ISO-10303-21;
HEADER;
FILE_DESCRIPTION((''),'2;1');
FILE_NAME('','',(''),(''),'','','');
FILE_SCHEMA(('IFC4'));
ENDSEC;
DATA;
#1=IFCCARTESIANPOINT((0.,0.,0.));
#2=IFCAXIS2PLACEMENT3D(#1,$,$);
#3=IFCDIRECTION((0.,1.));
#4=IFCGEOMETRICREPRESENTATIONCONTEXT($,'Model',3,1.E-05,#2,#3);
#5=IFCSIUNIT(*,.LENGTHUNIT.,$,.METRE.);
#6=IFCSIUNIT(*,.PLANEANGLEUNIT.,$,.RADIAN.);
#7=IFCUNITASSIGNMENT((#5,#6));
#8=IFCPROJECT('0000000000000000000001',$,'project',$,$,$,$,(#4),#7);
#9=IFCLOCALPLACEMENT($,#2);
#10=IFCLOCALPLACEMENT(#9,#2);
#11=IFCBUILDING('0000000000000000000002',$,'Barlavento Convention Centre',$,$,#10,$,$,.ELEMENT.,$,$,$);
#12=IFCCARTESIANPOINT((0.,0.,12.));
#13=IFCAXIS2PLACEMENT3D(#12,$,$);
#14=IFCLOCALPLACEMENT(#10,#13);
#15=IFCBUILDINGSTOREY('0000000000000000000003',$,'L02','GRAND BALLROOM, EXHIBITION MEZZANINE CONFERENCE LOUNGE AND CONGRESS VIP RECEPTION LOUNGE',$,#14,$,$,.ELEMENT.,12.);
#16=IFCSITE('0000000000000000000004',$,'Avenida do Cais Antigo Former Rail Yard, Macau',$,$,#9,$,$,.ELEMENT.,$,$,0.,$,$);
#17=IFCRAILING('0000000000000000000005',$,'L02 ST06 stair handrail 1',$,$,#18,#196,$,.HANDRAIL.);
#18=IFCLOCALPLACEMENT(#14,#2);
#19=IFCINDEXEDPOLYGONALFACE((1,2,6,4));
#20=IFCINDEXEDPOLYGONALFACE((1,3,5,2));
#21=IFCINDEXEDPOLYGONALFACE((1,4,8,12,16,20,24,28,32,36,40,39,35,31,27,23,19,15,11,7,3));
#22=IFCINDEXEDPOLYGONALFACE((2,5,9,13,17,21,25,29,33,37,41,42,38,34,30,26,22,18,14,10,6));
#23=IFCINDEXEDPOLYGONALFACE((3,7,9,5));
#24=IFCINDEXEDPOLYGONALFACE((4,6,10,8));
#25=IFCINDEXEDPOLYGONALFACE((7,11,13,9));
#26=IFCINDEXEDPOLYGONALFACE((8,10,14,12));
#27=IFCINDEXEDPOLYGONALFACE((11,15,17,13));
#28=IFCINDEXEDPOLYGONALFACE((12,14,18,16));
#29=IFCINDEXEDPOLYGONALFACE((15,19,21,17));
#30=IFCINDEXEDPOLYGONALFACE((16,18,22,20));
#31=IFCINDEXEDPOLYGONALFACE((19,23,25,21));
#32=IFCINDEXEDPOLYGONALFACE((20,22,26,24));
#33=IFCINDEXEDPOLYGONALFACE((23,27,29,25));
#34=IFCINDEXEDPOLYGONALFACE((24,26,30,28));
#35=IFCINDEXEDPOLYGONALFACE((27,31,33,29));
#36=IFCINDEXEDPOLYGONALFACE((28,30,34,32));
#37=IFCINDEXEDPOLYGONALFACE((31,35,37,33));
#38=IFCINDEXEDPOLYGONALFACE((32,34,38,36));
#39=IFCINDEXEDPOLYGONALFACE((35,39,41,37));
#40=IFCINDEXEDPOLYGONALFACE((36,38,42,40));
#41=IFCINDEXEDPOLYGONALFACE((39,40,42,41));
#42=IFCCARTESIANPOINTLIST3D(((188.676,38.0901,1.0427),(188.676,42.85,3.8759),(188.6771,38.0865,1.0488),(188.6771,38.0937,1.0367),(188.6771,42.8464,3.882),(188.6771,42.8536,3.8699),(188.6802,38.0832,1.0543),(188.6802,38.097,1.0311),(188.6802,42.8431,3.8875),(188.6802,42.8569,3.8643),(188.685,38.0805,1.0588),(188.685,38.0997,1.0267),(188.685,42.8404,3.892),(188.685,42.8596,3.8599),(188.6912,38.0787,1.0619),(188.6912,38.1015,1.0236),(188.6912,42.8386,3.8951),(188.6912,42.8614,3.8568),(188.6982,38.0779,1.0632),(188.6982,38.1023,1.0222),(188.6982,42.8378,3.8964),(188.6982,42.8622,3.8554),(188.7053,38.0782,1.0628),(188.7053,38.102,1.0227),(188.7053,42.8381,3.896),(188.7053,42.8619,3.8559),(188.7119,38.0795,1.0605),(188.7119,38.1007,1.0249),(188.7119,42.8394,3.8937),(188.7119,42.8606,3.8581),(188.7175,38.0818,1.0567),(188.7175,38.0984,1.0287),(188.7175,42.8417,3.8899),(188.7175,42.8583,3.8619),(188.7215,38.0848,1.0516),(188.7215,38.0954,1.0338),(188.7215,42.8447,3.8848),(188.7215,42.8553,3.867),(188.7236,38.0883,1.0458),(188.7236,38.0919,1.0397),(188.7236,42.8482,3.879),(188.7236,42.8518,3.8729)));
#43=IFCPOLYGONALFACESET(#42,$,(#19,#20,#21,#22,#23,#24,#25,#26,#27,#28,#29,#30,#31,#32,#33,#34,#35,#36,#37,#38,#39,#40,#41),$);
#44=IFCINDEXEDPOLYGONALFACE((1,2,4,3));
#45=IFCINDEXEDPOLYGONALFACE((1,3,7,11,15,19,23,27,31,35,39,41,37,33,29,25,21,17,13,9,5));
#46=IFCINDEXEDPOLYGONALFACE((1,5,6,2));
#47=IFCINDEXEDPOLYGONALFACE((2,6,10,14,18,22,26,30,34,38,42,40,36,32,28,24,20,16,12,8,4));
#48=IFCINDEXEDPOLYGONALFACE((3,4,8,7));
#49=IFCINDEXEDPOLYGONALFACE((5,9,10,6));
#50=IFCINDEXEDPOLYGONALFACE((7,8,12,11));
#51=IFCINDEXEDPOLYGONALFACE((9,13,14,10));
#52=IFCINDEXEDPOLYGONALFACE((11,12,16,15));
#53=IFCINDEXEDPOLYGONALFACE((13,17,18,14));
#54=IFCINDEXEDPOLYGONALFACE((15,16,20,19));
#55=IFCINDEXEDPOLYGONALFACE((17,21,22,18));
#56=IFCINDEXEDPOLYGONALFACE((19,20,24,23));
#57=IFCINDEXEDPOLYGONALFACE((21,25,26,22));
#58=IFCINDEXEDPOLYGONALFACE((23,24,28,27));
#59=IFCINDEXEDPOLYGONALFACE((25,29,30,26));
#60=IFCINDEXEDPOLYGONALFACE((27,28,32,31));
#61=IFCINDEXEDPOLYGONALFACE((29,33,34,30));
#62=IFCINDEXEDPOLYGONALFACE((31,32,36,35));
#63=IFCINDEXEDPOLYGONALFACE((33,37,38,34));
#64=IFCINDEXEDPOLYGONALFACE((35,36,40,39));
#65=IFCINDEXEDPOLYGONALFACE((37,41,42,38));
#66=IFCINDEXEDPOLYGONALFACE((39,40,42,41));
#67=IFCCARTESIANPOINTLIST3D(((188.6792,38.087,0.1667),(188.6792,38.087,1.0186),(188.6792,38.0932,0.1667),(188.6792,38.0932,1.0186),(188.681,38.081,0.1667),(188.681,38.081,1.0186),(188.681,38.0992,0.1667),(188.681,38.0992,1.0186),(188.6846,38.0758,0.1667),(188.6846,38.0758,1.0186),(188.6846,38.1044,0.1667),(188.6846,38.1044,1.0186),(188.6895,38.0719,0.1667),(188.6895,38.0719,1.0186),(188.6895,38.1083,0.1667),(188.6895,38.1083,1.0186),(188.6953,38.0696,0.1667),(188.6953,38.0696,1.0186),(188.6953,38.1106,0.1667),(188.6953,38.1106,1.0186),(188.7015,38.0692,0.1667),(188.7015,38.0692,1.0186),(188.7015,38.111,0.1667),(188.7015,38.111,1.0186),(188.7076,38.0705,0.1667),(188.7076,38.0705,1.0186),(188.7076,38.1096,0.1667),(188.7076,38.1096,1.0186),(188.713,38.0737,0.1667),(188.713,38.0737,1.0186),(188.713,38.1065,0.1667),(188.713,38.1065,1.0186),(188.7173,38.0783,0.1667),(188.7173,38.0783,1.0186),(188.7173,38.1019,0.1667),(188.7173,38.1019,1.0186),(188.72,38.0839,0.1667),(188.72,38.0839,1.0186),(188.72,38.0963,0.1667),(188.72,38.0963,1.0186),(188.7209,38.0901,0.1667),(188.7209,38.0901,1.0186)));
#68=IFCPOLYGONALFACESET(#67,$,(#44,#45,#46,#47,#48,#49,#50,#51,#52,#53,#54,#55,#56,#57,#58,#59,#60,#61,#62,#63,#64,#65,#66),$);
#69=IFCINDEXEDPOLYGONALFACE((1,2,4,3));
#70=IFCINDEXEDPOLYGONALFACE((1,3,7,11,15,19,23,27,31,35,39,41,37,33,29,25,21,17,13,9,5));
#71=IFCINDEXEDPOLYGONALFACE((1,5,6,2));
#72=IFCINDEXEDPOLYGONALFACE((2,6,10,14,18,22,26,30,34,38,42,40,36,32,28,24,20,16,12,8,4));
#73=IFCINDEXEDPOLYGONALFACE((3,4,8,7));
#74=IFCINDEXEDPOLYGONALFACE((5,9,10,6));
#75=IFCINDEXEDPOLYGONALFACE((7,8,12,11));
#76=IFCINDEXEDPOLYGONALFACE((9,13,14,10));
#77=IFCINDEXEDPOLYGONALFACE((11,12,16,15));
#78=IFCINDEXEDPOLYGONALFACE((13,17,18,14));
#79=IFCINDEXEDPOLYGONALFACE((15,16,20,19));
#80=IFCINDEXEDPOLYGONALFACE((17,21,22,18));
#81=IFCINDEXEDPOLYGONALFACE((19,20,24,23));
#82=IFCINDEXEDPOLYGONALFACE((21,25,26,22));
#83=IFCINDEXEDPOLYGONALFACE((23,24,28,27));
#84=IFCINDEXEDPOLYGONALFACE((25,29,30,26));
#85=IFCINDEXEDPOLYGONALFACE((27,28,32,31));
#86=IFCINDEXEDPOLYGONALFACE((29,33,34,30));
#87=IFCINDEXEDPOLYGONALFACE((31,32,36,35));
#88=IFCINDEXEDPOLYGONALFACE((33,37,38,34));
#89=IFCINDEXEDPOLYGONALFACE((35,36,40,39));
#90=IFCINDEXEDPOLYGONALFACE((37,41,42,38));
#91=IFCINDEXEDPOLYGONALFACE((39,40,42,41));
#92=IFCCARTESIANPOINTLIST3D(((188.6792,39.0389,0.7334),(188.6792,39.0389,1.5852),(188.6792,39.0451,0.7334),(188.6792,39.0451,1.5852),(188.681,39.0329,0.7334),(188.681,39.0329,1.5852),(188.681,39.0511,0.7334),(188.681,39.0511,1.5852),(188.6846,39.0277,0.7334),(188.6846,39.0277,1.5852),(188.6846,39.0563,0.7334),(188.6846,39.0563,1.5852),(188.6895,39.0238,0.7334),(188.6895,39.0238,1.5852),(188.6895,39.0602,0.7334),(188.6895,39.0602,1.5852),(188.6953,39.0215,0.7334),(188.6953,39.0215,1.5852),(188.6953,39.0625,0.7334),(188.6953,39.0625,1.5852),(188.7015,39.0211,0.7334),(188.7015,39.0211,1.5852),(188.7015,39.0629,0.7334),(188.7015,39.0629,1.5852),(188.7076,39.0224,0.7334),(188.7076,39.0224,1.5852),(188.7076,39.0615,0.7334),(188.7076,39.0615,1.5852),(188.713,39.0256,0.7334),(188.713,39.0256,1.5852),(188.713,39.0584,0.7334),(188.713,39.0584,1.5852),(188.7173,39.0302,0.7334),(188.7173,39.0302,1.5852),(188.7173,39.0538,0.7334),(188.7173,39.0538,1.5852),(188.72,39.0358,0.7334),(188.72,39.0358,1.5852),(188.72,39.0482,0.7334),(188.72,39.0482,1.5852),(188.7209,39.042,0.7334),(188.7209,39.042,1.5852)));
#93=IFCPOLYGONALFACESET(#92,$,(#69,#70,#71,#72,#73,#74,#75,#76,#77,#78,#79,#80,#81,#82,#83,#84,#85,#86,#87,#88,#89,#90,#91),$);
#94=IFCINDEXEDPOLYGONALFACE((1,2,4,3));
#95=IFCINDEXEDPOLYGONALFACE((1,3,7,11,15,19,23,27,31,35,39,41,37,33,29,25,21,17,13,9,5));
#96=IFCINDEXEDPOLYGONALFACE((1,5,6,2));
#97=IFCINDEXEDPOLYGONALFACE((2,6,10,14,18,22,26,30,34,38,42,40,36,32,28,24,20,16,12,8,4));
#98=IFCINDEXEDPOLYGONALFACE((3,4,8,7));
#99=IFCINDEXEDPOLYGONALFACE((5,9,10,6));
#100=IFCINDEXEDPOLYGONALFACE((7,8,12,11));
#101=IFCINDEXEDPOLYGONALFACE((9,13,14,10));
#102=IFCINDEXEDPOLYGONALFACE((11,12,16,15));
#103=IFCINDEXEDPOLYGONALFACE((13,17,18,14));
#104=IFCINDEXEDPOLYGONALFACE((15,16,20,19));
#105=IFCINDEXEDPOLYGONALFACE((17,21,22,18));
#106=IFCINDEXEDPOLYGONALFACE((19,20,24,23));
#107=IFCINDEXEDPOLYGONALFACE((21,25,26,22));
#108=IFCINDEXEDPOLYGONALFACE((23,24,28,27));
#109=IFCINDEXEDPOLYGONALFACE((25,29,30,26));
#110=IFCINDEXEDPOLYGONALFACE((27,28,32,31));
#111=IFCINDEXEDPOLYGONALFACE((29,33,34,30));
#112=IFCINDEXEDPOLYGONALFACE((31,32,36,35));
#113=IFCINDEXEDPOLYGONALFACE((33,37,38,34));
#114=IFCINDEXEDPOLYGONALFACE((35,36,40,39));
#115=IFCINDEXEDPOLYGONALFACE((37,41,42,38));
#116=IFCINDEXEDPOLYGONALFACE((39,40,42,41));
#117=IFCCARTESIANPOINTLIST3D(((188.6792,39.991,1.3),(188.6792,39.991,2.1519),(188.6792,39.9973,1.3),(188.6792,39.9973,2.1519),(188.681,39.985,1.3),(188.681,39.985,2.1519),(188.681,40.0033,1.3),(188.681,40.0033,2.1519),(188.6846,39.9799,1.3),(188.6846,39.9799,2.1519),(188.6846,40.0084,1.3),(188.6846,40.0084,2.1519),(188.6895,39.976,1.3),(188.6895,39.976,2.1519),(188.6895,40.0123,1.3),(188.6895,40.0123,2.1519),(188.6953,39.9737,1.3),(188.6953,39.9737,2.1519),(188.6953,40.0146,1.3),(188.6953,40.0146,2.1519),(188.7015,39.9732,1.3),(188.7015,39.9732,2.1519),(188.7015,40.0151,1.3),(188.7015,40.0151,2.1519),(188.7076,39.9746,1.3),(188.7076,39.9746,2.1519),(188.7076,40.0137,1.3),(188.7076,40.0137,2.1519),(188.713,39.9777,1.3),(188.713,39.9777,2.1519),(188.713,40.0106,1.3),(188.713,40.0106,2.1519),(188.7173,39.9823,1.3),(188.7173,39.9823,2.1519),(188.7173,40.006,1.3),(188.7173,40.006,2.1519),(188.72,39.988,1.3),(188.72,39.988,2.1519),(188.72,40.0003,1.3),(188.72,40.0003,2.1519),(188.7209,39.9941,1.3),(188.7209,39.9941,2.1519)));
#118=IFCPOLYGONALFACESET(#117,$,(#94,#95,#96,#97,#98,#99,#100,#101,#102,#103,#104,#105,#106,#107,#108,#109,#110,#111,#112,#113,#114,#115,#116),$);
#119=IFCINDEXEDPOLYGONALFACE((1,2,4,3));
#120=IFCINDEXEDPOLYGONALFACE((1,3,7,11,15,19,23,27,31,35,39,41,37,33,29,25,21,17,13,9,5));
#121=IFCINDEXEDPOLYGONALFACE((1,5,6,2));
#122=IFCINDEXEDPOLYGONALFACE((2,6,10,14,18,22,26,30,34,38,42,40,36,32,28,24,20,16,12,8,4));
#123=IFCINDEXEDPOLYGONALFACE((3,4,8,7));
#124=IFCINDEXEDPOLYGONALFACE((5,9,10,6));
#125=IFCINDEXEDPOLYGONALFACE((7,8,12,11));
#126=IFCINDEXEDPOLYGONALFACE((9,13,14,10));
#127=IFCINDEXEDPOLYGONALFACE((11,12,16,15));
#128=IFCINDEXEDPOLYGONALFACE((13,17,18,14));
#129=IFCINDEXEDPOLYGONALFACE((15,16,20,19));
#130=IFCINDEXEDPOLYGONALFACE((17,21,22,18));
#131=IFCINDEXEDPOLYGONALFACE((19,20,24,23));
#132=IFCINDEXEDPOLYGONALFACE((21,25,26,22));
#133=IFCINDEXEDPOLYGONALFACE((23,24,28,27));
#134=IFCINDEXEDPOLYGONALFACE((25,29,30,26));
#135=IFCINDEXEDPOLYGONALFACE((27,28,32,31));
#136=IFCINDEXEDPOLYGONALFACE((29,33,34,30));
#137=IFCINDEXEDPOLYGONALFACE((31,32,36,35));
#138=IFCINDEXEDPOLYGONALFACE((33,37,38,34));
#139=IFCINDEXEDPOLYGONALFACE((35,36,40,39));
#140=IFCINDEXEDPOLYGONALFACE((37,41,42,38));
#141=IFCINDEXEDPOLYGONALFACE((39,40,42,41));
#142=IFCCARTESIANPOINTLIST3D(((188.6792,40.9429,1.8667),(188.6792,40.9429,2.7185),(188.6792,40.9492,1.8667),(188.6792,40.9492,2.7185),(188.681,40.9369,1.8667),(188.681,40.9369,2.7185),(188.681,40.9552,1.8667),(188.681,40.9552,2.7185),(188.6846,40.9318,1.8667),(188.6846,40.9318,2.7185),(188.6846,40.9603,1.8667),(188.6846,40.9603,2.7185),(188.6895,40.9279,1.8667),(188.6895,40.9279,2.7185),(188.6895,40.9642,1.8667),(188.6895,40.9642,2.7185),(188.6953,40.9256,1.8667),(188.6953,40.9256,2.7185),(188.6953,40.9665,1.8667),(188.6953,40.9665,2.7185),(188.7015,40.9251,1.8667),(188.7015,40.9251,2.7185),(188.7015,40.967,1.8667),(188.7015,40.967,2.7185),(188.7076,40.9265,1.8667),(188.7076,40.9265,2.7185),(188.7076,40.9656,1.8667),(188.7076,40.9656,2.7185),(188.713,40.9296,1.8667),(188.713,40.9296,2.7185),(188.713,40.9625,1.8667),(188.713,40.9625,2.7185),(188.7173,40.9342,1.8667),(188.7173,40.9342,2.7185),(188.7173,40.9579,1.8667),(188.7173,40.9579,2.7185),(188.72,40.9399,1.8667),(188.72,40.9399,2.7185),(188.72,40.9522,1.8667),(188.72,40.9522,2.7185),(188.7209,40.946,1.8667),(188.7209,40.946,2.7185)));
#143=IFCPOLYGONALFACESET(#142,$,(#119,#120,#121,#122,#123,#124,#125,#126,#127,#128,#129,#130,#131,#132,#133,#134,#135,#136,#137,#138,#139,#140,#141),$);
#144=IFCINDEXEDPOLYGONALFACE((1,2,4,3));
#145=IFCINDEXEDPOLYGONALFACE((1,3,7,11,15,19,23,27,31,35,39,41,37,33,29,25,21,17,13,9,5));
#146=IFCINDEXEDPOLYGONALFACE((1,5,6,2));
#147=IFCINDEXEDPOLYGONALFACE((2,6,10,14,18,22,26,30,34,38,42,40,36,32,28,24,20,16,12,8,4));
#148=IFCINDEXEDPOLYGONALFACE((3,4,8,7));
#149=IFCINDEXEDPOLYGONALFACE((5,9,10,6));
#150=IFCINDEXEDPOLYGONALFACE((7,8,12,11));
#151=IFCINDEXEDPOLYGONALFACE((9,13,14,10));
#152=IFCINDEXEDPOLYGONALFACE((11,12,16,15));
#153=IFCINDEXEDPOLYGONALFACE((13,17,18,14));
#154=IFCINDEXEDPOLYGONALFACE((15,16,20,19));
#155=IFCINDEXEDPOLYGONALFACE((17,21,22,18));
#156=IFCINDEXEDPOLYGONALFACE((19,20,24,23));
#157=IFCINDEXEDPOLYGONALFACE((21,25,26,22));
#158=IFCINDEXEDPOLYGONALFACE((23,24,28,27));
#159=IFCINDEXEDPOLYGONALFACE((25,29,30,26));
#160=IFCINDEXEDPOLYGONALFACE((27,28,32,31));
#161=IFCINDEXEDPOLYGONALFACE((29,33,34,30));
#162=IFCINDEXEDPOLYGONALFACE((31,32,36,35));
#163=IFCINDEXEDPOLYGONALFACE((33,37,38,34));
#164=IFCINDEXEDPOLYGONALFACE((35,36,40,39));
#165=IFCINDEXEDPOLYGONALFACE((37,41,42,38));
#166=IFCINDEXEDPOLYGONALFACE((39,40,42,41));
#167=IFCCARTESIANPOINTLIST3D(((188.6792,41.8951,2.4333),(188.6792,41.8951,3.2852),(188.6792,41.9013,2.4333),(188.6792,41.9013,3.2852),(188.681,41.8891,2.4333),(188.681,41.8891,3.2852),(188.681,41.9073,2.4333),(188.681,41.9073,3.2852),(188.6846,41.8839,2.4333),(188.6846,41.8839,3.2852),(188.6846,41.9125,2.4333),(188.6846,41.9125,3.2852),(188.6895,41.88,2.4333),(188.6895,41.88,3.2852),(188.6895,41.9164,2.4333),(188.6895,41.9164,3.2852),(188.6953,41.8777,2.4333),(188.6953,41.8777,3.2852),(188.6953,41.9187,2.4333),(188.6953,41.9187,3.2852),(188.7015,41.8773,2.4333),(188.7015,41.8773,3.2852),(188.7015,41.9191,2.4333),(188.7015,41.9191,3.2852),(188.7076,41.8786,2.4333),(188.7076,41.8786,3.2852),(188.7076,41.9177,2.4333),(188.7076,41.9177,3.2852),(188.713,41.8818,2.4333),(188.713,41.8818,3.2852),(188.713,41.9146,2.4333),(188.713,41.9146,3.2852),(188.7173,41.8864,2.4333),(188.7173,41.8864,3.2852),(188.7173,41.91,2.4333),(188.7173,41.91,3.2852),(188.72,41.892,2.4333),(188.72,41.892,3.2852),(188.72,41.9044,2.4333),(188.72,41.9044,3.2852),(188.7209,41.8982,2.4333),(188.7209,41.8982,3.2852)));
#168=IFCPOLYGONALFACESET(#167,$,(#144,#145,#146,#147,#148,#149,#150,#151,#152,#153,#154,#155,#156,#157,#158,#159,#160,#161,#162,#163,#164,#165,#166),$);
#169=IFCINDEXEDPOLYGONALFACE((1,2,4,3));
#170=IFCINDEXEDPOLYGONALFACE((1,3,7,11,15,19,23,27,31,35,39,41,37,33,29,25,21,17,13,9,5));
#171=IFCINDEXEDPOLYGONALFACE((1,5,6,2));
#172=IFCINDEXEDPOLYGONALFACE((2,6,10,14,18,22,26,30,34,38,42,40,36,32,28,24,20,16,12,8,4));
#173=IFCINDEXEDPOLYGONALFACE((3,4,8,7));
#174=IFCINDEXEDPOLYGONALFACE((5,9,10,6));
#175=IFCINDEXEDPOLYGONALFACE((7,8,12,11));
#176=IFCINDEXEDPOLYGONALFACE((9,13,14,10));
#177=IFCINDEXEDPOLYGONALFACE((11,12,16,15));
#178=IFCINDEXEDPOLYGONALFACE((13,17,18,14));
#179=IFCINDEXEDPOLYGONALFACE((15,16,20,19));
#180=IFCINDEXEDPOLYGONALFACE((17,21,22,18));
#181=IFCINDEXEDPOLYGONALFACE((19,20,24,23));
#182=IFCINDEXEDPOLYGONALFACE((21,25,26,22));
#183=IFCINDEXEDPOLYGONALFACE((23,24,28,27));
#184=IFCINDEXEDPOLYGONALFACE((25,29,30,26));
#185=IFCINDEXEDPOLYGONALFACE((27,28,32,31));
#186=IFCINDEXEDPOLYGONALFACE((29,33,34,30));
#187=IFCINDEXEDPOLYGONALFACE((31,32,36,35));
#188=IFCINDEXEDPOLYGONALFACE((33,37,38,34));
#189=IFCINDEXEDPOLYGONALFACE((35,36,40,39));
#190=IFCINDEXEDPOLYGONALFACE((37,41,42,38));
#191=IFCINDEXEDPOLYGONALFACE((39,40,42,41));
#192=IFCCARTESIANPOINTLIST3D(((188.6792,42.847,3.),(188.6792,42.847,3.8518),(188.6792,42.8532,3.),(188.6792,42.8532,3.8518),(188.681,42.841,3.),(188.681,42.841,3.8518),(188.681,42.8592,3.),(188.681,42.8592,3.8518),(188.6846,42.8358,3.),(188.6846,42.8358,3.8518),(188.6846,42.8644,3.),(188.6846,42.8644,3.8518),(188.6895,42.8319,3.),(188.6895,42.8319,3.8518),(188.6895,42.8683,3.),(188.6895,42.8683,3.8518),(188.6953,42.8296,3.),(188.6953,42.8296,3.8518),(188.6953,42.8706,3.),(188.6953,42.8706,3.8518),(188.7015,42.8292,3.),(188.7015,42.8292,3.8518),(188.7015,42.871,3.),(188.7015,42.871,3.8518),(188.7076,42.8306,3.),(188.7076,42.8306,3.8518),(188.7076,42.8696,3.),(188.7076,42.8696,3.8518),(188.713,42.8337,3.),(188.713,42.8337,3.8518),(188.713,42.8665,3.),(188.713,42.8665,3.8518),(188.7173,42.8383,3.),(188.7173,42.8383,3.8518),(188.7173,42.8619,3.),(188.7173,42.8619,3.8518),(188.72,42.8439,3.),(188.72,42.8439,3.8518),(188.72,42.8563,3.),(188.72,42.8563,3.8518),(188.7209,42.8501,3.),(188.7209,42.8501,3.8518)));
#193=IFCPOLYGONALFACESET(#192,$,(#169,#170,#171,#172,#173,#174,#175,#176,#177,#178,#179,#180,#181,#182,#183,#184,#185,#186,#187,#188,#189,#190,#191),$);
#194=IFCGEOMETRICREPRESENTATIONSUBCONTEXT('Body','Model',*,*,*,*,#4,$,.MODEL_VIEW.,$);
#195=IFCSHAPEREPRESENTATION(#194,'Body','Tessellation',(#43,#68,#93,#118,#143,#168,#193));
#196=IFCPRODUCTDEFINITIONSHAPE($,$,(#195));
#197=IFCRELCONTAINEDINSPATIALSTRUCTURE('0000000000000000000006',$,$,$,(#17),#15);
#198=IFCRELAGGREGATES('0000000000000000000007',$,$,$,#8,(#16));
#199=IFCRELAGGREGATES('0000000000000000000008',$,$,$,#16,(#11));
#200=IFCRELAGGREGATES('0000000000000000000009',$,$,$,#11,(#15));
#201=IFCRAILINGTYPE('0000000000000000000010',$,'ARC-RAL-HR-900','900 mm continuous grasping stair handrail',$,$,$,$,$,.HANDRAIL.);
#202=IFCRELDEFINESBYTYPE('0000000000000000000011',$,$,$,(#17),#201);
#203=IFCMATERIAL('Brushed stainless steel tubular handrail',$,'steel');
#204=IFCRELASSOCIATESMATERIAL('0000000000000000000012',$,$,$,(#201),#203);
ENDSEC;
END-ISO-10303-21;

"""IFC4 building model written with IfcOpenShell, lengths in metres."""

from ifc_helpers import new_model, si_unit, direction, frame, origin, origin_2d, place, context, subcontext, project, spatial, circle, extrude, material, type_object, element, save


model = new_model("IFC4")

# Units and contexts
model_context = context("Model", 3, precision=1e-05, world=origin(), true_north=direction((0.0, 1.0)))
body_context = subcontext(model_context, "Body", "Model", "MODEL_VIEW")
ifc_project = project(units=[si_unit("LENGTHUNIT", "METRE"), si_unit("PLANEANGLEUNIT", "RADIAN")], contexts=[model_context])

# Site, building, storey
site_placement = place(None, origin())
site = spatial("IfcSite", under=ifc_project, at=site_placement, Name="Avenida do Cais Antigo Former Rail Yard, Macau", CompositionType="ELEMENT", RefElevation=0.0)
building_placement = place(site_placement, origin())
building = spatial("IfcBuilding", under=site, at=building_placement, Name="Barlavento Convention Centre", CompositionType="ELEMENT")
storey_placement = place(building_placement, frame((0.0, 0.0, 12.0)))
storey = spatial("IfcBuildingStorey", under=building, at=storey_placement, Name="L02", Description="GRAND BALLROOM, EXHIBITION MEZZANINE CONFERENCE LOUNGE AND CONGRESS VIP RECEPTION LOUNGE", CompositionType="ELEMENT", Elevation=12.0)

# Railing
ifc_material_1 = material(Name="Brushed stainless steel tubular handrail", Category="steel")
railing_type_1 = type_object("IfcRailingType", Name="ARC-RAL-HR-900", Description="900 mm continuous grasping stair handrail", PredefinedType="HANDRAIL", material=ifc_material_1)
railing_1_placement = place(storey_placement, frame((188.7, 38.0901, 0.1667)))
element("IfcRailing", 1, at=railing_1_placement, inside=storey, type_object=railing_type_1, Name="L02 ST06 stair handrail 1", PredefinedType="HANDRAIL", context=body_context, shape_type="SweptSolid", body=[
    extrude(circle(Radius=0.0239, at=origin_2d()), frame((0.0, 0.0, 0.876), z_axis=(0.0, 0.8593, 0.511472), x_axis=(-1.0, 0.0, 0.0)), (0.0, 0.0, 1.0), 5.5393),
    extrude(circle(Radius=0.021, at=origin_2d()), origin(), (0.0, 0.0, 1.0), 0.8518),
    extrude(circle(Radius=0.021, at=origin_2d()), frame((0.0, 0.9519, 0.5667)), (0.0, 0.0, 1.0), 0.8518),
    extrude(circle(Radius=0.021, at=origin_2d()), frame((0.0, 1.9041, 1.1333)), (0.0, 0.0, 1.0), 0.8518),
    extrude(circle(Radius=0.021, at=origin_2d()), frame((0.0, 2.856, 1.7)), (0.0, 0.0, 1.0), 0.8518),
    extrude(circle(Radius=0.021, at=origin_2d()), frame((0.0, 3.8081, 2.2666)), (0.0, 0.0, 1.0), 0.8518),
    extrude(circle(Radius=0.021, at=origin_2d()), frame((0.0, 4.76, 2.8333)), (0.0, 0.0, 1.0), 0.8518),
])

save(model, "model.ifc")
